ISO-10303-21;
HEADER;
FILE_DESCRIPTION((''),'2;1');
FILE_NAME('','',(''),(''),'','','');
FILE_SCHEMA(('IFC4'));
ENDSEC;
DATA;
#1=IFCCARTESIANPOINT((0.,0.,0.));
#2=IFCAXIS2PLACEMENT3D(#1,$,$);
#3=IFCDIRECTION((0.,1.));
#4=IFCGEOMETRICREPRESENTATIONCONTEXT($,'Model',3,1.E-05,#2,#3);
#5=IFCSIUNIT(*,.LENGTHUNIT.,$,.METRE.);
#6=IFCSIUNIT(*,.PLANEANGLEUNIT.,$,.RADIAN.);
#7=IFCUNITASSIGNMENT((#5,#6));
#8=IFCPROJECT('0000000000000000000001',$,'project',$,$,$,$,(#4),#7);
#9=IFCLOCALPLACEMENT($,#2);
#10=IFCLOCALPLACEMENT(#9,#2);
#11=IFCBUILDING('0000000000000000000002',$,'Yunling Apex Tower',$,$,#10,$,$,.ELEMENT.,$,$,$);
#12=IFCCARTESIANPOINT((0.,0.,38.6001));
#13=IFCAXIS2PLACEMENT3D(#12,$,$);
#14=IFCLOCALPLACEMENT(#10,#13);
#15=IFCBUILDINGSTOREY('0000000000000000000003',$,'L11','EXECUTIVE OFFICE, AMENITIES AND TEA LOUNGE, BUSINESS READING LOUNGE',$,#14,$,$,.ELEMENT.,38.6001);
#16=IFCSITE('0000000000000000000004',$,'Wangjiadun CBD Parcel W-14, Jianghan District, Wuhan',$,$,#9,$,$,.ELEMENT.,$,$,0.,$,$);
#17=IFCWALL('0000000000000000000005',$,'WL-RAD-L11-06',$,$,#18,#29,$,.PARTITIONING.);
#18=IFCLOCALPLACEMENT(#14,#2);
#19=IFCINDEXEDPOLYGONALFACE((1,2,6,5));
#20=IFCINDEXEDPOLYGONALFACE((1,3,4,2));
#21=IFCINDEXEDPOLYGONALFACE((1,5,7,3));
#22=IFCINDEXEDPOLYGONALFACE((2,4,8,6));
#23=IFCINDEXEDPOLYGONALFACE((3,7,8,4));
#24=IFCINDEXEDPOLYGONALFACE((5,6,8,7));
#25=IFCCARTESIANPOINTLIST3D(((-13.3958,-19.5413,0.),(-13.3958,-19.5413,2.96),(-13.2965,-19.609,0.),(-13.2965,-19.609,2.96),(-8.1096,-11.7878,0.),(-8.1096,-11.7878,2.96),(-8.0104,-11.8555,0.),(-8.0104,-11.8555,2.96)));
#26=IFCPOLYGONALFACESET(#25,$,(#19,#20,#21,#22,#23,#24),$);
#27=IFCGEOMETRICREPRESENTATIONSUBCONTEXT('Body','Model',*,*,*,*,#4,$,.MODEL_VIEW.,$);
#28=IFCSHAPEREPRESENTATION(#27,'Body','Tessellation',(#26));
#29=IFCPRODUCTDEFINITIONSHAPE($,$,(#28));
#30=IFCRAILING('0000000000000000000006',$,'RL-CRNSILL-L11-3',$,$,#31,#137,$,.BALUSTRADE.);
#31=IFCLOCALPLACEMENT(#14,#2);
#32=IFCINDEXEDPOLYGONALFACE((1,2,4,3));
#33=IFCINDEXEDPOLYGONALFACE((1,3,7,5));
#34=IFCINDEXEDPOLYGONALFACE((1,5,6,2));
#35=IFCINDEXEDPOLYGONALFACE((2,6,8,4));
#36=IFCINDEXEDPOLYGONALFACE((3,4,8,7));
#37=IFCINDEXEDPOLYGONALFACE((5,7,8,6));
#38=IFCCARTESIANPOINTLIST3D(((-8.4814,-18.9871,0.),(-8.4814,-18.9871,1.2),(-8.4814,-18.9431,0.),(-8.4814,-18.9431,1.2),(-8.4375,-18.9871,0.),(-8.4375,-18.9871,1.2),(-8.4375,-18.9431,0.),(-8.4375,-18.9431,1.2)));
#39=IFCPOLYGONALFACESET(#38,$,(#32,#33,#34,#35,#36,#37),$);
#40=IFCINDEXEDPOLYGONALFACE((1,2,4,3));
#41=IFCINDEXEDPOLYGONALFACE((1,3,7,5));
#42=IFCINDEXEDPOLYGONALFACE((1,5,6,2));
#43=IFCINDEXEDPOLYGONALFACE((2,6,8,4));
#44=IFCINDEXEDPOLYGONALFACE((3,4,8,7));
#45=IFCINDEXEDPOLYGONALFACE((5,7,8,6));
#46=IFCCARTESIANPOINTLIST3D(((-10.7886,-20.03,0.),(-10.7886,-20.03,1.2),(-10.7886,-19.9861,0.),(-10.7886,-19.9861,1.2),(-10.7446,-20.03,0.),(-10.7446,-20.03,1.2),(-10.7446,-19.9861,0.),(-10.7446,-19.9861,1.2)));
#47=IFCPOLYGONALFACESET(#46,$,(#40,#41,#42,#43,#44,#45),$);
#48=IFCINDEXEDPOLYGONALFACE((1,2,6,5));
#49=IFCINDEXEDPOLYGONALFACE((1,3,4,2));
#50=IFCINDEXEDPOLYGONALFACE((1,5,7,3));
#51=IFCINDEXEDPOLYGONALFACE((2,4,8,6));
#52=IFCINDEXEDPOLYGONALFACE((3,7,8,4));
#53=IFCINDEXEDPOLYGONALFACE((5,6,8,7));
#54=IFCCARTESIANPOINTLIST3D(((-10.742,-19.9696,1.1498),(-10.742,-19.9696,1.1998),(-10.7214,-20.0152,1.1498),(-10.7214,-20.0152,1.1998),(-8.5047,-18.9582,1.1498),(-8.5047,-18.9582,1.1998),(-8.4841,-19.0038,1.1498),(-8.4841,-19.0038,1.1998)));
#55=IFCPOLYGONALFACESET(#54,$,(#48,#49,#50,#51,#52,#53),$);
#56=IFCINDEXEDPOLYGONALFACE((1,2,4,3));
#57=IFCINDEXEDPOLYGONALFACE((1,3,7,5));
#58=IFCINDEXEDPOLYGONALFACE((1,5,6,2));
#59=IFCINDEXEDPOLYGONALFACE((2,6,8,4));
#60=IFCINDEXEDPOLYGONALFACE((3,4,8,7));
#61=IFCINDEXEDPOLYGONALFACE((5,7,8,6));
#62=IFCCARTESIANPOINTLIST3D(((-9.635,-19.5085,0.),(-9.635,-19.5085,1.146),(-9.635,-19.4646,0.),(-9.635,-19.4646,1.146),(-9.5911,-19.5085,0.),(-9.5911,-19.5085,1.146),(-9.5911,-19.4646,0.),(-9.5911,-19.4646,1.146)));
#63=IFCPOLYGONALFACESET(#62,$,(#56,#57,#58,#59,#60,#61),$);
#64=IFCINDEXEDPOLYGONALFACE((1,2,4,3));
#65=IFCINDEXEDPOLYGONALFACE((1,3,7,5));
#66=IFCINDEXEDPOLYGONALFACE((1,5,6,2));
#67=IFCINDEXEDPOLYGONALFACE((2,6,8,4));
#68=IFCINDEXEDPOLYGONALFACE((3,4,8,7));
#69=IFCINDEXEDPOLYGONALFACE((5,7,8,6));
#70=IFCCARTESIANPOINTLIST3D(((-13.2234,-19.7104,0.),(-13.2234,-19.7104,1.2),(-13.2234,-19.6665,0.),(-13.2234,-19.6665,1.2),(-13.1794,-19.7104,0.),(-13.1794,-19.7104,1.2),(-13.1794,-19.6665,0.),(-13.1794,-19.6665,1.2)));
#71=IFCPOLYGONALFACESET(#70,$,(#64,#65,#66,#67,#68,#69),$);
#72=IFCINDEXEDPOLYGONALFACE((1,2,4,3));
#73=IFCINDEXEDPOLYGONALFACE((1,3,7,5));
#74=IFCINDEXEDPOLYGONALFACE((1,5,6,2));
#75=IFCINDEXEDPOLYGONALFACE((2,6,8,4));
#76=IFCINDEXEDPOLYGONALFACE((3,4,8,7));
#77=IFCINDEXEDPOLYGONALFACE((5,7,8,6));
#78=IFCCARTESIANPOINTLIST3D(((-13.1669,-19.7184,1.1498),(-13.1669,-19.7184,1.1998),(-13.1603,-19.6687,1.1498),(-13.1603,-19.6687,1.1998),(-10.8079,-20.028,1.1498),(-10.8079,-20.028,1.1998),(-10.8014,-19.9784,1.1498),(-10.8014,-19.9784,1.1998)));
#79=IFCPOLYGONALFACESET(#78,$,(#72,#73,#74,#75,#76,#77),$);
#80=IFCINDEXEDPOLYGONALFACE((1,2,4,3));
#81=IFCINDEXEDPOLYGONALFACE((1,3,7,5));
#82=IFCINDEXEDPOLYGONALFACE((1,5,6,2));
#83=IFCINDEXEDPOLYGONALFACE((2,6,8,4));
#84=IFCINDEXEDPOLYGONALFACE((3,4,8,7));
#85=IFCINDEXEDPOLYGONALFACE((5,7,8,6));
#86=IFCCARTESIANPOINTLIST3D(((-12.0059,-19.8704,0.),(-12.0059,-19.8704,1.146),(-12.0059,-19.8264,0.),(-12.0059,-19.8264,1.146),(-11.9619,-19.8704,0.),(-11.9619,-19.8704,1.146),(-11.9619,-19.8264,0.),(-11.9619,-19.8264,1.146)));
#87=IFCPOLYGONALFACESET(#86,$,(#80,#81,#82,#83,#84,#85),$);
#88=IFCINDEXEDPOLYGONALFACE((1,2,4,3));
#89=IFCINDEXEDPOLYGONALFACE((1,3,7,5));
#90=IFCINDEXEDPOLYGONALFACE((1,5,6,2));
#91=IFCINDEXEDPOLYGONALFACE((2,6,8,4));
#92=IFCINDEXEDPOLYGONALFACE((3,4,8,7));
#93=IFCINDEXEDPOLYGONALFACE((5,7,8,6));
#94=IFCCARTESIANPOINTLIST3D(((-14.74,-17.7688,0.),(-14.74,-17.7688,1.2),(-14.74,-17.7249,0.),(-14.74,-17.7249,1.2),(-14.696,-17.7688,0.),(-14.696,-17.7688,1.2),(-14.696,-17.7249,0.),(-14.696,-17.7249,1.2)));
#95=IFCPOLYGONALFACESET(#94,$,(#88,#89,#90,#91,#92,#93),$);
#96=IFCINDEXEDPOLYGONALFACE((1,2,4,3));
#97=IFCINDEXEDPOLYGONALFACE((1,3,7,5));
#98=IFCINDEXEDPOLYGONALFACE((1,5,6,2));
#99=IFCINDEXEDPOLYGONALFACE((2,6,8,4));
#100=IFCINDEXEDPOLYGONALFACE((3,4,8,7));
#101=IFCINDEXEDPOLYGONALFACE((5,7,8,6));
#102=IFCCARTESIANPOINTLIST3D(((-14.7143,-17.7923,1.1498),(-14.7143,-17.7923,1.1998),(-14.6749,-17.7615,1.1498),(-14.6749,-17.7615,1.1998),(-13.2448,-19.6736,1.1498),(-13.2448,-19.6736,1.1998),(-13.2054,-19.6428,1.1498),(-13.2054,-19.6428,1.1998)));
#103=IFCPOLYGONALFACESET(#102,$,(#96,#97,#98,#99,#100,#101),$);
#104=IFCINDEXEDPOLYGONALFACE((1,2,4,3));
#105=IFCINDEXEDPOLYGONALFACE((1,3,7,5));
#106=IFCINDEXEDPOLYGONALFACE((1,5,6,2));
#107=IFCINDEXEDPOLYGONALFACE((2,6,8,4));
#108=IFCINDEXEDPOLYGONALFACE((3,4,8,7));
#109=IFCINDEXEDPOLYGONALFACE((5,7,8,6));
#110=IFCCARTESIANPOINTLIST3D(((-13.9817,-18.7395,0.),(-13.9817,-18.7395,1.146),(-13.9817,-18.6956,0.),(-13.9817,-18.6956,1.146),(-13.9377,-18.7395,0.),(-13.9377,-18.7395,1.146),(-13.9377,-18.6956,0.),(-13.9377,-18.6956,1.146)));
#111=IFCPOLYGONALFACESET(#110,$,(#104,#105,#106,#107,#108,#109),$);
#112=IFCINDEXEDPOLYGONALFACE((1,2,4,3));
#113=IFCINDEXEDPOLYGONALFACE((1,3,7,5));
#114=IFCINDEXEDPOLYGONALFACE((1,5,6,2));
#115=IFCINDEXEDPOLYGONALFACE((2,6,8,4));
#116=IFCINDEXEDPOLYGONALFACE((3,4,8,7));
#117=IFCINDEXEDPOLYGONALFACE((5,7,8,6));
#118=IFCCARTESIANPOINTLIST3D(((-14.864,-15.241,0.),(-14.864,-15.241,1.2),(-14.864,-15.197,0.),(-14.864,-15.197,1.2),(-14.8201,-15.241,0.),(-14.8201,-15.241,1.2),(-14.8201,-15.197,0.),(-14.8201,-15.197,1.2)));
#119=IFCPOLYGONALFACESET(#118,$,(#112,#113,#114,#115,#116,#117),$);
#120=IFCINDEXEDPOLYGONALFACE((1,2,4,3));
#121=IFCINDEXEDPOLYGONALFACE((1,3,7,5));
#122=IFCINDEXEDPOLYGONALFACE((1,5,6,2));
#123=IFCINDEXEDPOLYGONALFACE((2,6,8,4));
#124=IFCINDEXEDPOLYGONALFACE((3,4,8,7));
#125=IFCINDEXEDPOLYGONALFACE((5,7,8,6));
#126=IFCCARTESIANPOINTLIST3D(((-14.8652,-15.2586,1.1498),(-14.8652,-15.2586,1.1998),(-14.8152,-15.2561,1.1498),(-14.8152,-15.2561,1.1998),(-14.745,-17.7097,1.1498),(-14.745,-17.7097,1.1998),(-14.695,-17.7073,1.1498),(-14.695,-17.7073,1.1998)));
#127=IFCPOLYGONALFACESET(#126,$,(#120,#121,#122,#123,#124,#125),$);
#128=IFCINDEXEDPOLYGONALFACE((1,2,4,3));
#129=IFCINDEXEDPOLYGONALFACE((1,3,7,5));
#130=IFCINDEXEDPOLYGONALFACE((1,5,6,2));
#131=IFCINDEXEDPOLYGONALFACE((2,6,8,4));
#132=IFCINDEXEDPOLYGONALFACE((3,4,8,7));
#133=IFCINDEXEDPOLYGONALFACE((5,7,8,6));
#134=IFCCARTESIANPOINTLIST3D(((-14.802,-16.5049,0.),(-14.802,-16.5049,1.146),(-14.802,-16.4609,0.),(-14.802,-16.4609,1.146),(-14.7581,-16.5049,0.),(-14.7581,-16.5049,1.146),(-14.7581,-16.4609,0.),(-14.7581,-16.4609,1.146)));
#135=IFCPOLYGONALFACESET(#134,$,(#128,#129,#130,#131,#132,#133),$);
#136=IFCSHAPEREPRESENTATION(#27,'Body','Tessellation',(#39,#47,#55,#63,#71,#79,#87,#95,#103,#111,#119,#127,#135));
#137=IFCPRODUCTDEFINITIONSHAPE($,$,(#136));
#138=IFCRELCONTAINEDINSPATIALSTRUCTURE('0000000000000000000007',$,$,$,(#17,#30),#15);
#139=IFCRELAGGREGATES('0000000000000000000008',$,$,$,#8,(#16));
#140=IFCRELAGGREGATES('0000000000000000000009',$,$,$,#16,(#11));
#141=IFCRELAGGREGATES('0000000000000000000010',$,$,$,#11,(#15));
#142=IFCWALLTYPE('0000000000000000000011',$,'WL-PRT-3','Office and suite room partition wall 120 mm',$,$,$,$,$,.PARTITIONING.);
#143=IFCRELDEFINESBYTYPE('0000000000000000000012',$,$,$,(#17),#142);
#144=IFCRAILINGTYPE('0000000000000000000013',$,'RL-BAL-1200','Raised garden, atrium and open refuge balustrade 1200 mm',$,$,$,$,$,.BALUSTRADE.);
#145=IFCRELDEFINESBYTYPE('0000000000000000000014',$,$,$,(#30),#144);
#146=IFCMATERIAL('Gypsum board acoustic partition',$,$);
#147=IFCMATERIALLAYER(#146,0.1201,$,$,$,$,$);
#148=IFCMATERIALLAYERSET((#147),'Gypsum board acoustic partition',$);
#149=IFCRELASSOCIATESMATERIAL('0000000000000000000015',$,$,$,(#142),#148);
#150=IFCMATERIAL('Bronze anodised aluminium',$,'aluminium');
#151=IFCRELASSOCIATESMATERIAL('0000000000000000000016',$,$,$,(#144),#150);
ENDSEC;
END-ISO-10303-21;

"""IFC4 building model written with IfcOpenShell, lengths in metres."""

from ifc_helpers import new_model, si_unit, direction, frame, frame_2d, origin, origin_2d, place, context, subcontext, project, spatial, rectangle, extrude, material, layer, layer_set, type_object, element, save


model = new_model("IFC4")

# Units and contexts
model_context = context("Model", 3, precision=1e-05, world=origin(), true_north=direction((0.0, 1.0)))
body_context = subcontext(model_context, "Body", "Model", "MODEL_VIEW")
ifc_project = project(units=[si_unit("LENGTHUNIT", "METRE"), si_unit("PLANEANGLEUNIT", "RADIAN")], contexts=[model_context])

# Site, building, storey
site_placement = place(None, origin())
site = spatial("IfcSite", under=ifc_project, at=site_placement, Name="Wangjiadun CBD Parcel W-14, Jianghan District, Wuhan", CompositionType="ELEMENT", RefElevation=0.0)
building_placement = place(site_placement, origin())
building = spatial("IfcBuilding", under=site, at=building_placement, Name="Yunling Apex Tower", CompositionType="ELEMENT")
storey_placement = place(building_placement, frame((0.0, 0.0, 38.6001)))
storey = spatial("IfcBuildingStorey", under=building, at=storey_placement, Name="L11", Description="EXECUTIVE OFFICE, AMENITIES AND TEA LOUNGE, BUSINESS READING LOUNGE", CompositionType="ELEMENT", Elevation=38.6001)

# Shared definitions
ifc_material_1 = material(Name="Bronze anodised aluminium", Category="aluminium")

# Shared definitions
ifc_material_2 = material(Name="Gypsum board acoustic partition")

# Wall
ifc_layer_1 = layer(ifc_material_2, 0.1201)
ifc_layer_set_1 = layer_set([ifc_layer_1], Name="Gypsum board acoustic partition")
wall_type_1 = type_object("IfcWallType", Name="WL-PRT-3", Description="Office and suite room partition wall 120 mm", PredefinedType="PARTITIONING", material=ifc_layer_set_1)
wall_1_placement = place(storey_placement, frame((-8.0601, -11.8218, 0.0), z_axis=(0.0, 0.0, 1.0), x_axis=(-0.563316, -0.826242, 0.0)))
element("IfcWall", 1, at=wall_1_placement, inside=storey, type_object=wall_type_1, Name="WL-RAD-L11-06", PredefinedType="PARTITIONING", context=body_context, shape_type="SweptSolid", body=[
    extrude(rectangle(XDim=9.384, YDim=0.1201, at=frame_2d((4.6919, 0.0))), origin(), (0.0, 0.0, 1.0), 2.96),
])

# Railing
railing_type = type_object("IfcRailingType", Name="RL-BAL-1200", Description="Raised garden, atrium and open refuge balustrade 1200 mm", PredefinedType="BALUSTRADE", material=ifc_material_1)
railing_placement = place(storey_placement, frame((-8.4595, -18.9651, 0.0)))
element("IfcRailing", 2, at=railing_placement, inside=storey, type_object=railing_type, Name="RL-CRNSILL-L11-3", PredefinedType="BALUSTRADE", context=body_context, shape_type="SweptSolid", body=[
    extrude(rectangle(XDim=0.0439, YDim=0.0439, at=origin_2d()), origin(), (0.0, 0.0, 1.0), 1.2),
    extrude(rectangle(XDim=0.0439, YDim=0.0439, at=origin_2d()), frame((-2.3071, -1.043, 0.0)), (0.0, 0.0, 1.0), 1.2),
    extrude(rectangle(XDim=0.05, YDim=0.05, at=origin_2d()), frame((-0.0349, -0.0159, 1.1748), z_axis=(-0.911217, -0.411928, 0.0), x_axis=(0.411928, -0.911217, 0.0)), (0.0, 0.0, 1.0), 2.4553),
    extrude(rectangle(XDim=0.0439, YDim=0.0439, at=origin_2d()), frame((-1.1536, -0.5215, 0.0)), (0.0, 0.0, 1.0), 1.146),
    extrude(rectangle(XDim=0.0439, YDim=0.0439, at=origin_2d()), frame((-4.7419, -0.7234, 0.0)), (0.0, 0.0, 1.0), 1.2),
    extrude(rectangle(XDim=0.05, YDim=0.05, at=origin_2d()), frame((-2.3452, -1.0381, 1.1748), z_axis=(-0.991496, 0.130138, 0.0), x_axis=(-0.130138, -0.991496, 0.0)), (0.0, 0.0, 1.0), 2.3792),
    extrude(rectangle(XDim=0.0439, YDim=0.0439, at=origin_2d()), frame((-3.5244, -0.8833, 0.0)), (0.0, 0.0, 1.0), 1.146),
    extrude(rectangle(XDim=0.0439, YDim=0.0439, at=origin_2d()), frame((-6.2585, 1.2183, 0.0)), (0.0, 0.0, 1.0), 1.2),
    extrude(rectangle(XDim=0.05, YDim=0.05, at=origin_2d()), frame((-4.7656, -0.6931, 1.1748), z_axis=(-0.615565, 0.788086, 0.0), x_axis=(-0.788086, -0.615565, 0.0)), (0.0, 0.0, 1.0), 2.3872),
    extrude(rectangle(XDim=0.0439, YDim=0.0439, at=origin_2d()), frame((-5.5002, 0.2476, 0.0)), (0.0, 0.0, 1.0), 1.146),
    extrude(rectangle(XDim=0.0439, YDim=0.0439, at=origin_2d()), frame((-6.3826, 3.7461, 0.0)), (0.0, 0.0, 1.0), 1.2),
    extrude(rectangle(XDim=0.05, YDim=0.05, at=origin_2d()), frame((-6.2605, 1.2566, 1.1748), z_axis=(-0.049004, 0.998799, 0.0), x_axis=(-0.998799, -0.049004, 0.0)), (0.0, 0.0, 1.0), 2.4541),
    extrude(rectangle(XDim=0.0439, YDim=0.0439, at=origin_2d()), frame((-6.3206, 2.4822, 0.0)), (0.0, 0.0, 1.0), 1.146),
])

save(model, "model.ifc")
